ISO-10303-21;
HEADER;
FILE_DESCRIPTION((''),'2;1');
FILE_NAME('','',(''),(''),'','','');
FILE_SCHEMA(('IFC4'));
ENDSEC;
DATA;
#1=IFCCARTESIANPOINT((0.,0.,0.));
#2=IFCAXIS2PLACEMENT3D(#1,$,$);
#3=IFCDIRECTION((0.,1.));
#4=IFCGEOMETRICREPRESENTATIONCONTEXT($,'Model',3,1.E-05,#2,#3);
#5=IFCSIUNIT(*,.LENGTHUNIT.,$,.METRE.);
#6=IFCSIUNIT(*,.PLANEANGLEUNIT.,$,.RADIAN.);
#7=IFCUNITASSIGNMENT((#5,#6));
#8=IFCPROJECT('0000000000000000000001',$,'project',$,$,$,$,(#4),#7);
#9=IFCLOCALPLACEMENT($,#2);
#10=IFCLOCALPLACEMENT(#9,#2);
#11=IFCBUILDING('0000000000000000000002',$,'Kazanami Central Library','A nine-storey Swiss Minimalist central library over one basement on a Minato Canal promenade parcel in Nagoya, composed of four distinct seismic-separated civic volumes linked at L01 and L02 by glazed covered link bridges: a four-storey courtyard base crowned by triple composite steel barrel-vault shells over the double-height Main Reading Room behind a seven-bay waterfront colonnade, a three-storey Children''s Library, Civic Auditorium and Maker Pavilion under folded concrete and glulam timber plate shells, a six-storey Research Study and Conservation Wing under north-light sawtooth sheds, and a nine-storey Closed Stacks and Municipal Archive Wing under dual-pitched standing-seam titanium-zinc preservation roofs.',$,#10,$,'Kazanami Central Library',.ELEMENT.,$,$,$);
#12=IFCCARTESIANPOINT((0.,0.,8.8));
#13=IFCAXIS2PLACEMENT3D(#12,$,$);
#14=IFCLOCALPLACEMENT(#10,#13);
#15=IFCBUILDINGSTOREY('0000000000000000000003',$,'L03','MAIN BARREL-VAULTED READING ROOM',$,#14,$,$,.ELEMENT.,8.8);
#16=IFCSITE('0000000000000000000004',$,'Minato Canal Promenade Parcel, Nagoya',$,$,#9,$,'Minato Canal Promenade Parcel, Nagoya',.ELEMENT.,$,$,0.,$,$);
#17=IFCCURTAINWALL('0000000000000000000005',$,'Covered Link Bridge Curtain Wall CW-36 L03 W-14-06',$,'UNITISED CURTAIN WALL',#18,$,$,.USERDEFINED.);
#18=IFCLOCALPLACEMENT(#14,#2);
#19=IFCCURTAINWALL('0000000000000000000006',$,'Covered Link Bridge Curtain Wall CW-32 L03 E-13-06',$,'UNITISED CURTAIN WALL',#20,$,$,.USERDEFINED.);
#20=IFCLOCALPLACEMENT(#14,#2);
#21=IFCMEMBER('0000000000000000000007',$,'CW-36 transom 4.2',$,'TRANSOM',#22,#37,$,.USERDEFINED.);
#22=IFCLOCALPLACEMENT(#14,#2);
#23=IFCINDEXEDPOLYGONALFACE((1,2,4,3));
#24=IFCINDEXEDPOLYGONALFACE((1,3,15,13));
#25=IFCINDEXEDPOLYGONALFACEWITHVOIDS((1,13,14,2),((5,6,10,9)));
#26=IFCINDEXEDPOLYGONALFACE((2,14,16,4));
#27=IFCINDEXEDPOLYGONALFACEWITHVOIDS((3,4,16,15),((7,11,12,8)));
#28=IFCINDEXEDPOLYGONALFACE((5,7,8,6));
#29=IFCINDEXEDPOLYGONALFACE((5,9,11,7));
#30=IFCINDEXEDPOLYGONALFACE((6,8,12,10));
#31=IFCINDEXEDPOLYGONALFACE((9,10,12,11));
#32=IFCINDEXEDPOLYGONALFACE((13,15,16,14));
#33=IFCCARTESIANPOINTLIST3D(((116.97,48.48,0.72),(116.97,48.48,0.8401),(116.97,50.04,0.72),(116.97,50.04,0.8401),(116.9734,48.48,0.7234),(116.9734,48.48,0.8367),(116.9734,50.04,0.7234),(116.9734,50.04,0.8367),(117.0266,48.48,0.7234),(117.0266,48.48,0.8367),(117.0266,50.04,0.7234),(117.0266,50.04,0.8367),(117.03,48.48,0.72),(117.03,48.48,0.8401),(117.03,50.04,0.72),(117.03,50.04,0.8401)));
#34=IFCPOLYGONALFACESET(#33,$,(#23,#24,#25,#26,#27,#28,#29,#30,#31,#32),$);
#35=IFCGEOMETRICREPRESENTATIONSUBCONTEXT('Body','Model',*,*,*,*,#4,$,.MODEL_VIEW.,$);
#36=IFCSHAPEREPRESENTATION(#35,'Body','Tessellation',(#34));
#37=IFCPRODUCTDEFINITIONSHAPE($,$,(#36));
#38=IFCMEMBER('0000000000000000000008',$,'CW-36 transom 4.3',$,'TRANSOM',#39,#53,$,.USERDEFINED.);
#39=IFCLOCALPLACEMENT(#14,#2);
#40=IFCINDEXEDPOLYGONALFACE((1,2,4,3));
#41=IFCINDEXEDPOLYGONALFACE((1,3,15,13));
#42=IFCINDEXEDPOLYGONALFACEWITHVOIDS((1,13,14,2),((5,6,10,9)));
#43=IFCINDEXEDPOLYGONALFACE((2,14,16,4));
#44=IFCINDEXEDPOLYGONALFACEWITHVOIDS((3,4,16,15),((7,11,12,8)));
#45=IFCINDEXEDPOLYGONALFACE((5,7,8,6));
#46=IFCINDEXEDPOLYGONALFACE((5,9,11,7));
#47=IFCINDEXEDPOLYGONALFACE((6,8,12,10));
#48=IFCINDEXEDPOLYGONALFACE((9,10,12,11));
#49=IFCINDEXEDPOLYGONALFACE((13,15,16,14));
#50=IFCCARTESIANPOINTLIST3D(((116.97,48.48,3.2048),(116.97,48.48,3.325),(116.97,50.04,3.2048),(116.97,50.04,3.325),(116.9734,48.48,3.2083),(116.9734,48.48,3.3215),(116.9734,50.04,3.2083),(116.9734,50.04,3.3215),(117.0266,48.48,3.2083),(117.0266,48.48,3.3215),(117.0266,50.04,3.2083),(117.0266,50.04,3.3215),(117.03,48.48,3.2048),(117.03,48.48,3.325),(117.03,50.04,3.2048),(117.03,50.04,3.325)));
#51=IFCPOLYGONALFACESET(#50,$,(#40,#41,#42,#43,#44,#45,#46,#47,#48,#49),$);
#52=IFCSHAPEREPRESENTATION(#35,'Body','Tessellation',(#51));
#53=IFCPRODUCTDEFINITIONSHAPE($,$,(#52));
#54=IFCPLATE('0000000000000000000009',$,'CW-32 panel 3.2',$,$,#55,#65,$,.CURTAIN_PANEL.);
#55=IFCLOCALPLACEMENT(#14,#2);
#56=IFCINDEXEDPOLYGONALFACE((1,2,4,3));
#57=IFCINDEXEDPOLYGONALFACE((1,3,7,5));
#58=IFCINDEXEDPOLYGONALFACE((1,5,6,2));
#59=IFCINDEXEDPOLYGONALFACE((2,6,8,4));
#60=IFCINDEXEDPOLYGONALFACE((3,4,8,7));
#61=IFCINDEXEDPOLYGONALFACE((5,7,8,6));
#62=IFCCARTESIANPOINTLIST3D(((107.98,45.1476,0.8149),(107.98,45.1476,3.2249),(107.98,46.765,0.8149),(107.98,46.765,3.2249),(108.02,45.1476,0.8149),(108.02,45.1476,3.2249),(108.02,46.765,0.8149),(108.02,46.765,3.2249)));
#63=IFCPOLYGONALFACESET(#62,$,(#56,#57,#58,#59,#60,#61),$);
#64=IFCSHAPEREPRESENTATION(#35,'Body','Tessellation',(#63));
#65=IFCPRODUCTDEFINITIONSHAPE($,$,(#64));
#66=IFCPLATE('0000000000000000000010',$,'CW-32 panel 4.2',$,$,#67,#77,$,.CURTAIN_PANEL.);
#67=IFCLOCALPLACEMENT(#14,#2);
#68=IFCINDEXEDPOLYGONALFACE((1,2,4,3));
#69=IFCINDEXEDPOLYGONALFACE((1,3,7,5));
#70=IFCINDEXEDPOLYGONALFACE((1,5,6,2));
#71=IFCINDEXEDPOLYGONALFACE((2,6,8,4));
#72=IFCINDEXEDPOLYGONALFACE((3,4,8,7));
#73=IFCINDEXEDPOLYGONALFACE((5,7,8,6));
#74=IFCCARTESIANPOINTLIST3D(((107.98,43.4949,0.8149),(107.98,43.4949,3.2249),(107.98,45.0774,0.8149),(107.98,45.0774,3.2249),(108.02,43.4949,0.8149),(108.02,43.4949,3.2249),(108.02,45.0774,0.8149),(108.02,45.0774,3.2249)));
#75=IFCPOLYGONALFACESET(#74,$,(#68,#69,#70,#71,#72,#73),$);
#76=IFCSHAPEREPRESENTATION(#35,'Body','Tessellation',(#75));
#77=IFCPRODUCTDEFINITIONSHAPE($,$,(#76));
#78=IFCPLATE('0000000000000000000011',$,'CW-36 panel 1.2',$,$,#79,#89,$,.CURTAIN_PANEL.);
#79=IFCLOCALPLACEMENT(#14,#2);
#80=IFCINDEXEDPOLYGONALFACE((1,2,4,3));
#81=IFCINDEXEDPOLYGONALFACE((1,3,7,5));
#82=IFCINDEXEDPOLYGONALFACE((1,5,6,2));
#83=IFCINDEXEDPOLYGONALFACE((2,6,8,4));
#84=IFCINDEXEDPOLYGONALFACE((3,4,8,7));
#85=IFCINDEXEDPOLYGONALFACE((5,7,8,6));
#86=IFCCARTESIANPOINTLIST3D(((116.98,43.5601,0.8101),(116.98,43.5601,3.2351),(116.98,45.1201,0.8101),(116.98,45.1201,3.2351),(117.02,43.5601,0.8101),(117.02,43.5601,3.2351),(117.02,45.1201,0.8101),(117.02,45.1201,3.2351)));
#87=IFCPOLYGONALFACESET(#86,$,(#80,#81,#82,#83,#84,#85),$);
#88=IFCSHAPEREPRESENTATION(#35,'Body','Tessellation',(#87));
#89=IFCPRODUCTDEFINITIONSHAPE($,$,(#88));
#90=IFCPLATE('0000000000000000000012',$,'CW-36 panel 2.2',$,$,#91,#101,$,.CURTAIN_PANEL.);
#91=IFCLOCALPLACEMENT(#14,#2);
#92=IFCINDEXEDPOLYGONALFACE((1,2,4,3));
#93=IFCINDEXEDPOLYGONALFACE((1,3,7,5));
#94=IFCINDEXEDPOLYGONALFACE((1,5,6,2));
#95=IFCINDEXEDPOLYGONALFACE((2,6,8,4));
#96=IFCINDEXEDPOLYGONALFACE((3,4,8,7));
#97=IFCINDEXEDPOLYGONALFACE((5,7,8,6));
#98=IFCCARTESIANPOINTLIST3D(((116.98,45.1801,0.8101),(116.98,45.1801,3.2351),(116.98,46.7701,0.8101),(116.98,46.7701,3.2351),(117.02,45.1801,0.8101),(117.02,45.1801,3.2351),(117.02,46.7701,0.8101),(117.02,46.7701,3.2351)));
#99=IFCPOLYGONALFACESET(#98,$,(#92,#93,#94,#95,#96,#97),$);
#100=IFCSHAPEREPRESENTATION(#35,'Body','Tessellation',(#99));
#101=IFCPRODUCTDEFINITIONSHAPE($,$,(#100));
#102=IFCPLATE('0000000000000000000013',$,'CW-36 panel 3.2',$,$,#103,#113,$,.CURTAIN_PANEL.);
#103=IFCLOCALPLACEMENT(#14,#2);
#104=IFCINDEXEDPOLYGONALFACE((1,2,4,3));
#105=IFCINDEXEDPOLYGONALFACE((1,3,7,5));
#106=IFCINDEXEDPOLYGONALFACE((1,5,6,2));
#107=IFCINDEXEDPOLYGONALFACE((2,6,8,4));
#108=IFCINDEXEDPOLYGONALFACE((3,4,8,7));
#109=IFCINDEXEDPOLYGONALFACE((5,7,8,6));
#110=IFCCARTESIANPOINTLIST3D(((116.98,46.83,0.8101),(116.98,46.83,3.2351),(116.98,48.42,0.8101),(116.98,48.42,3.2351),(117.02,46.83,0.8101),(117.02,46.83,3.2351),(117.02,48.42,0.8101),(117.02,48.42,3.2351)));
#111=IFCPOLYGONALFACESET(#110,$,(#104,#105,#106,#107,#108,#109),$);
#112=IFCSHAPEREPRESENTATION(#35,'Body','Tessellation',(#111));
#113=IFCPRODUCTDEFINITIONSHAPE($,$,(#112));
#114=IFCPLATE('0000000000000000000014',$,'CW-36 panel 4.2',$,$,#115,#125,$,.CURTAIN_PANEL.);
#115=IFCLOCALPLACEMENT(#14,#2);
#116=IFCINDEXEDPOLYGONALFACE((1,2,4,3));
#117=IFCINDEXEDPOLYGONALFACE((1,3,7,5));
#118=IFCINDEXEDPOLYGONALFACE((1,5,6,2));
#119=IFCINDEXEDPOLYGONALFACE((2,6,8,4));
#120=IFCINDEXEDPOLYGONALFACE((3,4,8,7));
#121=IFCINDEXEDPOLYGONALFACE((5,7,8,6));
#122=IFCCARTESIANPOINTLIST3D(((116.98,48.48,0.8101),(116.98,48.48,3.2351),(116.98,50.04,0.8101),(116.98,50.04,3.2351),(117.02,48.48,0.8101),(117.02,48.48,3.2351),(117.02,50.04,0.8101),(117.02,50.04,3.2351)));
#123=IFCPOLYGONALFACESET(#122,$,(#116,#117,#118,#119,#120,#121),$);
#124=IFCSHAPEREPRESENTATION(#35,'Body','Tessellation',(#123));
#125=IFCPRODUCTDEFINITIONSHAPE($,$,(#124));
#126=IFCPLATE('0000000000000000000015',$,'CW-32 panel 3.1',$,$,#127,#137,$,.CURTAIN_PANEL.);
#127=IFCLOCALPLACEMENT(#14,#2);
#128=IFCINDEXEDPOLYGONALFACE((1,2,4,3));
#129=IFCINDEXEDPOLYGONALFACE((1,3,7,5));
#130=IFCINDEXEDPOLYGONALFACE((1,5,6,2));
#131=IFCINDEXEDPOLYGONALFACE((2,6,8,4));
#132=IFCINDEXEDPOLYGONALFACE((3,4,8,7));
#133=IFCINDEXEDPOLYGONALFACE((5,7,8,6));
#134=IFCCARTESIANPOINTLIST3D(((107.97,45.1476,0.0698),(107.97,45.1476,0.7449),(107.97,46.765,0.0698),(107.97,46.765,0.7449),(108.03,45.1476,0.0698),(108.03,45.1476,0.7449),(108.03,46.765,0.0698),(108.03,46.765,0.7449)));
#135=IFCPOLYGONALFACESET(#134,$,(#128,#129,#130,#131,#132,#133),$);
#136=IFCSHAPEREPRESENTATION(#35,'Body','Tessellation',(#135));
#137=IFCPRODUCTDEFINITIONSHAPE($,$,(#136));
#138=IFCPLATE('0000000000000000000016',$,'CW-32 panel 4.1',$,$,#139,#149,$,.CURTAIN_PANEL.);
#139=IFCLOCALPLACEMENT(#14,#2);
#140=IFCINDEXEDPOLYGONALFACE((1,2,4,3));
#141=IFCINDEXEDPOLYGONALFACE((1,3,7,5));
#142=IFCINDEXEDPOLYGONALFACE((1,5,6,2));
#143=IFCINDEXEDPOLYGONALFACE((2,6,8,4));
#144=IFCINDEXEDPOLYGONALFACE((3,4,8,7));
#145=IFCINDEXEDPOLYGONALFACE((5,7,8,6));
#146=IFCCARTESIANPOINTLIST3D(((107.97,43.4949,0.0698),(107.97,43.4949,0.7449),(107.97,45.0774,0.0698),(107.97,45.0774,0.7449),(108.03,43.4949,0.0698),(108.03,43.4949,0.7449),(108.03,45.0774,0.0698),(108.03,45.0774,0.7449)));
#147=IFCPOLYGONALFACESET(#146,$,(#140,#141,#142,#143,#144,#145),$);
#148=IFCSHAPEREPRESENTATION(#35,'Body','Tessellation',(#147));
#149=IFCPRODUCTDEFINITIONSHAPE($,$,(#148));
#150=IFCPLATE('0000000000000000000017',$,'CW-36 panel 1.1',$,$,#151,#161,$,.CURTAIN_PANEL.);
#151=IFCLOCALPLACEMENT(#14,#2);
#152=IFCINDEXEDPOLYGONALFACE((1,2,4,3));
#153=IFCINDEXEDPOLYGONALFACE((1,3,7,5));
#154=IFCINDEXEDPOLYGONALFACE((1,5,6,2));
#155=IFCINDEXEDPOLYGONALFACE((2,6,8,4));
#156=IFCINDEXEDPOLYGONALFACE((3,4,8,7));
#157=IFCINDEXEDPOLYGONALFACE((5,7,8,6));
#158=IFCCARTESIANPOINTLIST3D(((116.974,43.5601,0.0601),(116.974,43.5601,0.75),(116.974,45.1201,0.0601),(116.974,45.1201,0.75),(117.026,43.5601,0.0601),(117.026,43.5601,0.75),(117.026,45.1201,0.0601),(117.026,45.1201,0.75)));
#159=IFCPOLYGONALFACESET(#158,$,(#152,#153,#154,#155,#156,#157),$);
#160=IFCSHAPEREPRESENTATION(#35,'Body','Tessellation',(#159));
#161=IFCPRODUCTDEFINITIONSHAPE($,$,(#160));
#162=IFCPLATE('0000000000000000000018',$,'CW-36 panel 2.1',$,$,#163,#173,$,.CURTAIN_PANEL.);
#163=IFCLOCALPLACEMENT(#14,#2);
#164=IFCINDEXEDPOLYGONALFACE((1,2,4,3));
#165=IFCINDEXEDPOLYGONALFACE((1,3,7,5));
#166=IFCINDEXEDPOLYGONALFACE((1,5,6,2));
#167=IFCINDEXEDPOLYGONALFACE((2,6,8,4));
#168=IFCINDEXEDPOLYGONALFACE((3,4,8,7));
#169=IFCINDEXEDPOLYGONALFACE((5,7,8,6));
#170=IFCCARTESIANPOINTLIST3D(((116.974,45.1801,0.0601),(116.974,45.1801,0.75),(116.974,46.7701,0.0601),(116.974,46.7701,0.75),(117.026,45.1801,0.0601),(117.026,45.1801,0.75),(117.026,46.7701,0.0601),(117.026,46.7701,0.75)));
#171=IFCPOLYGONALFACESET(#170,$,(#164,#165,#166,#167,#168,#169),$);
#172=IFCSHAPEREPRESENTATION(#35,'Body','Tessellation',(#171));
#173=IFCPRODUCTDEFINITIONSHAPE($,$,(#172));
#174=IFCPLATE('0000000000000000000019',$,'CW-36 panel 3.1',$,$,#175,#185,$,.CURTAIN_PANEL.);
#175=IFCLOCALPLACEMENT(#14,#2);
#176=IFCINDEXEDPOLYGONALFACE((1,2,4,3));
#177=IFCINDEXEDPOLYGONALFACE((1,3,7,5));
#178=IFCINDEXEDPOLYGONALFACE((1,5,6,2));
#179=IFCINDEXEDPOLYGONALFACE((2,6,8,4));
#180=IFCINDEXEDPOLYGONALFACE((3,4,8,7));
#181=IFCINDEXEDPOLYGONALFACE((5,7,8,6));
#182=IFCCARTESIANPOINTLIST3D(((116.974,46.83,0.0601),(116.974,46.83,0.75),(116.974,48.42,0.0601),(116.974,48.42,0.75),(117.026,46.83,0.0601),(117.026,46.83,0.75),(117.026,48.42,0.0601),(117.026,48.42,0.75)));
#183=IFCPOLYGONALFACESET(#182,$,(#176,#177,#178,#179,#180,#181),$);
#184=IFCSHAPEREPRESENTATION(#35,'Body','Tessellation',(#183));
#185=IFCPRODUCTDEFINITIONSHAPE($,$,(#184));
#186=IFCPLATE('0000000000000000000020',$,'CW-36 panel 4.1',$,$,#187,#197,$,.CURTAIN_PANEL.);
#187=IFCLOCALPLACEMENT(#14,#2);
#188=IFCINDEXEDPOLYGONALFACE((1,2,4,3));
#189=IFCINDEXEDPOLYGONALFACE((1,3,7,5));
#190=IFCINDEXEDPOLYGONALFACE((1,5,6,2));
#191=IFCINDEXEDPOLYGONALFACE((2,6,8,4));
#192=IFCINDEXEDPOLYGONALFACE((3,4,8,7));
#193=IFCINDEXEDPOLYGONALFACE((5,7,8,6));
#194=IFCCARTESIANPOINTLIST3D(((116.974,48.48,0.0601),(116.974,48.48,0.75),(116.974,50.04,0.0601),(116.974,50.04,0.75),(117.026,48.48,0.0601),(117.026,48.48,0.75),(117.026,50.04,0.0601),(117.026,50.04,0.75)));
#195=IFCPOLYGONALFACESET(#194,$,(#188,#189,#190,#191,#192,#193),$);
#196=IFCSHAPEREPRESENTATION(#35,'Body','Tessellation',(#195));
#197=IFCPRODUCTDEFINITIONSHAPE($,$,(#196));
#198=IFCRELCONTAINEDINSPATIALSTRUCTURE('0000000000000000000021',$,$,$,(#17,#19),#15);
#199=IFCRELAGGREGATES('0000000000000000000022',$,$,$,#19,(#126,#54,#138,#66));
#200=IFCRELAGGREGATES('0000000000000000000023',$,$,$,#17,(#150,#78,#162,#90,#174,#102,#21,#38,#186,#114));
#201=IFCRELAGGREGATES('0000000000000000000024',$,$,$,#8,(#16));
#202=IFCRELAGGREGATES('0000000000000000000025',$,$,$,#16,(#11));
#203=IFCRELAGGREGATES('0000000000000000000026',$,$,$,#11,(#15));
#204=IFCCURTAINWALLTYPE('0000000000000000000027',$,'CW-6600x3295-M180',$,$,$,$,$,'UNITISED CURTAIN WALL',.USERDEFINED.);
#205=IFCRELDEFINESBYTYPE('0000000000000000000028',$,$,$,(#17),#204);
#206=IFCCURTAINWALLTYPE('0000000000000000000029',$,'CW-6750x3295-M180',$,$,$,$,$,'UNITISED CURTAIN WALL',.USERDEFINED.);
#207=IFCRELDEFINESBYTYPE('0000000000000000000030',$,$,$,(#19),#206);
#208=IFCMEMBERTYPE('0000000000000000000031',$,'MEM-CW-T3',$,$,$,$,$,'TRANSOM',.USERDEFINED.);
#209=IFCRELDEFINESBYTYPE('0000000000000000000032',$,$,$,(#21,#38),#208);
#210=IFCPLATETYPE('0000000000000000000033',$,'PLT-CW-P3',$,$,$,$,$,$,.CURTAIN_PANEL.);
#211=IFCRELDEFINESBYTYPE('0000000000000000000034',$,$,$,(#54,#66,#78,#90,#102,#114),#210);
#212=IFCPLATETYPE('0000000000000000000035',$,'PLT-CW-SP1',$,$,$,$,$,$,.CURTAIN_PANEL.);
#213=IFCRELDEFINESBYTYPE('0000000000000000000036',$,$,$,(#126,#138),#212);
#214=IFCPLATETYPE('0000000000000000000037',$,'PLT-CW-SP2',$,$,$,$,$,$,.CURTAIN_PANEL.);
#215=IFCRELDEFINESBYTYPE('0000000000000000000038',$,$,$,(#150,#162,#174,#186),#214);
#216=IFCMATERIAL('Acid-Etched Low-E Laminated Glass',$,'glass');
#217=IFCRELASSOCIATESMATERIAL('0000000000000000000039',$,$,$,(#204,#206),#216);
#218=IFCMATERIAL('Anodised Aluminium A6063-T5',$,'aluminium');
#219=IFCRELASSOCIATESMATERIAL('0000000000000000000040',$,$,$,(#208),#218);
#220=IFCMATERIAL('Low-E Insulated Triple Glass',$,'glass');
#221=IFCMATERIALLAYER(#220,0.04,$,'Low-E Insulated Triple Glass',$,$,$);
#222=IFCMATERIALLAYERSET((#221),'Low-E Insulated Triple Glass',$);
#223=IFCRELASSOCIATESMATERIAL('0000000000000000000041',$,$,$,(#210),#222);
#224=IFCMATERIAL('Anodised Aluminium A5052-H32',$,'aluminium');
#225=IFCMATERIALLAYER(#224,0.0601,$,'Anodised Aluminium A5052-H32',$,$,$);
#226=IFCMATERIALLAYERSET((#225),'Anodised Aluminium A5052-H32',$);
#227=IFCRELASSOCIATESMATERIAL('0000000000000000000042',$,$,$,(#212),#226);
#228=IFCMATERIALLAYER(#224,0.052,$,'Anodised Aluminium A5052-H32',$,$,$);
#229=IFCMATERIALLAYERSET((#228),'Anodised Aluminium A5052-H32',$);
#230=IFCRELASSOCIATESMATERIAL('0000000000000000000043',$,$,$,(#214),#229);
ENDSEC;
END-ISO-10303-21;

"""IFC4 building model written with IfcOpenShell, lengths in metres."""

from ifc_helpers import new_model, si_unit, direction, frame, origin, origin_2d, place, context, subcontext, project, spatial, rectangle, hollow_rectangle, extrude, material, layer, layer_set, material_profile, profile_set, type_object, element, aggregate, save


model = new_model("IFC4")

# Units and contexts
model_context = context("Model", 3, precision=1e-05, world=origin(), true_north=direction((0.0, 1.0)))
body_context = subcontext(model_context, "Body", "Model", "MODEL_VIEW")
ifc_project = project(units=[si_unit("LENGTHUNIT", "METRE"), si_unit("PLANEANGLEUNIT", "RADIAN")], contexts=[model_context])

# Site, building, storey
site_placement = place(None, origin())
site = spatial("IfcSite", under=ifc_project, at=site_placement, Name="Minato Canal Promenade Parcel, Nagoya", LongName="Minato Canal Promenade Parcel, Nagoya", CompositionType="ELEMENT", RefElevation=0.0)
building_placement = place(site_placement, origin())
building = spatial("IfcBuilding", under=site, at=building_placement, Name="Kazanami Central Library", Description="A nine-storey Swiss Minimalist central library over one basement on a Minato Canal promenade parcel in Nagoya, composed of four distinct seismic-separated civic volumes linked at L01 and L02 by glazed covered link bridges: a four-storey courtyard base crowned by triple composite steel barrel-vault shells over the double-height Main Reading Room behind a seven-bay waterfront colonnade, a three-storey Children's Library, Civic Auditorium and Maker Pavilion under folded concrete and glulam timber plate shells, a six-storey Research Study and Conservation Wing under north-light sawtooth sheds, and a nine-storey Closed Stacks and Municipal Archive Wing under dual-pitched standing-seam titanium-zinc preservation roofs.", LongName="Kazanami Central Library", CompositionType="ELEMENT")
storey_placement = place(building_placement, frame((0.0, 0.0, 8.8)))
storey = spatial("IfcBuildingStorey", under=building, at=storey_placement, Name="L03", Description="MAIN BARREL-VAULTED READING ROOM", CompositionType="ELEMENT", Elevation=8.8)

# Curtain walls
ifc_material_1 = material(Name="Acid-Etched Low-E Laminated Glass", Category="glass")
curtain_wall_type_1 = type_object("IfcCurtainWallType", Name="CW-6600x3295-M180", ElementType="UNITISED CURTAIN WALL", PredefinedType="USERDEFINED", material=ifc_material_1)
curtain_wall_1_placement = place(storey_placement, origin())
curtain_wall_1 = element("IfcCurtainWall", 1, at=curtain_wall_1_placement, inside=storey, type_object=curtain_wall_type_1, Name="Covered Link Bridge Curtain Wall CW-36 L03 W-14-06", ObjectType="UNITISED CURTAIN WALL", PredefinedType="USERDEFINED")
ifc_material_2 = material(Name="Anodised Aluminium A6063-T5", Category="aluminium")
curtain_wall_type_2 = type_object("IfcCurtainWallType", Name="CW-6750x3295-M180", ElementType="UNITISED CURTAIN WALL", PredefinedType="USERDEFINED", material=ifc_material_1)
curtain_wall_2_placement = place(storey_placement, origin())
curtain_wall_2 = element("IfcCurtainWall", 2, at=curtain_wall_2_placement, inside=storey, type_object=curtain_wall_type_2, Name="Covered Link Bridge Curtain Wall CW-32 L03 E-13-06", ObjectType="UNITISED CURTAIN WALL", PredefinedType="USERDEFINED")

# Members
ifc_material_profile_1 = material_profile(ifc_material_2, hollow_rectangle(XDim=0.0601, YDim=0.1201, WallThickness=0.0034, at=origin_2d()), Name="ALU-TRAN-60x120x3.5")
ifc_profile_set_1 = profile_set([ifc_material_profile_1], Name="Anodised Aluminium A6063-T5")
member_type_1 = type_object("IfcMemberType", Name="MEM-CW-T3", ElementType="TRANSOM", PredefinedType="USERDEFINED", material=ifc_profile_set_1)
member_1_placement = place(storey_placement, frame((117.0, 48.48, 0.78), z_axis=(0.0, 1.0, 0.0), x_axis=(-1.0, 0.0, 0.0)))
member_1 = element("IfcMember", 3, at=member_1_placement, type_object=member_type_1, Name="CW-36 transom 4.2", ObjectType="TRANSOM", PredefinedType="USERDEFINED", context=body_context, shape_type="SweptSolid", body=[
    extrude(hollow_rectangle(XDim=0.0601, YDim=0.1201, WallThickness=0.0034, at=origin_2d()), origin(), (0.0, 0.0, 1.0), 1.5601),
])
member_2_placement = place(storey_placement, frame((117.0, 48.48, 3.2649), z_axis=(0.0, 1.0, 0.0), x_axis=(-1.0, 0.0, 0.0)))
member_2 = element("IfcMember", 4, at=member_2_placement, type_object=member_type_1, Name="CW-36 transom 4.3", ObjectType="TRANSOM", PredefinedType="USERDEFINED", context=body_context, shape_type="SweptSolid", body=[
    extrude(hollow_rectangle(XDim=0.0601, YDim=0.1201, WallThickness=0.0034, at=origin_2d()), origin(), (0.0, 0.0, 1.0), 1.5601),
])

# Plates
ifc_material_3 = material(Name="Low-E Insulated Triple Glass", Category="glass")
ifc_layer_1 = layer(ifc_material_3, 0.04, Name="Low-E Insulated Triple Glass")
ifc_layer_set_1 = layer_set([ifc_layer_1], Name="Low-E Insulated Triple Glass")
plate_type_1 = type_object("IfcPlateType", Name="PLT-CW-P3", PredefinedType="CURTAIN_PANEL", material=ifc_layer_set_1)
plate_1_placement = place(storey_placement, frame((108.0, 45.9563, 0.8149), z_axis=(0.0, 0.0, 1.0), x_axis=(0.0, -1.0, 0.0)))
plate_1 = element("IfcPlate", 5, at=plate_1_placement, type_object=plate_type_1, Name="CW-32 panel 3.2", PredefinedType="CURTAIN_PANEL", context=body_context, shape_type="SweptSolid", body=[
    extrude(rectangle(XDim=1.6174, YDim=0.04, at=origin_2d()), origin(), (0.0, 0.0, 1.0), 2.4099),
])
plate_2_placement = place(storey_placement, frame((108.0, 44.2861, 0.8149), z_axis=(0.0, 0.0, 1.0), x_axis=(0.0, -1.0, 0.0)))
plate_2 = element("IfcPlate", 6, at=plate_2_placement, type_object=plate_type_1, Name="CW-32 panel 4.2", PredefinedType="CURTAIN_PANEL", context=body_context, shape_type="SweptSolid", body=[
    extrude(rectangle(XDim=1.5825, YDim=0.04, at=origin_2d()), origin(), (0.0, 0.0, 1.0), 2.4099),
])
plate_3_placement = place(storey_placement, frame((117.0, 44.3401, 0.8101), z_axis=(0.0, 0.0, 1.0), x_axis=(0.0, 1.0, 0.0)))
plate_3 = element("IfcPlate", 7, at=plate_3_placement, type_object=plate_type_1, Name="CW-36 panel 1.2", PredefinedType="CURTAIN_PANEL", context=body_context, shape_type="SweptSolid", body=[
    extrude(rectangle(XDim=1.5601, YDim=0.04, at=origin_2d()), origin(), (0.0, 0.0, 1.0), 2.425),
])
plate_4_placement = place(storey_placement, frame((117.0, 45.9751, 0.8101), z_axis=(0.0, 0.0, 1.0), x_axis=(0.0, 1.0, 0.0)))
plate_4 = element("IfcPlate", 8, at=plate_4_placement, type_object=plate_type_1, Name="CW-36 panel 2.2", PredefinedType="CURTAIN_PANEL", context=body_context, shape_type="SweptSolid", body=[
    extrude(rectangle(XDim=1.5901, YDim=0.04, at=origin_2d()), origin(), (0.0, 0.0, 1.0), 2.425),
])
plate_5_placement = place(storey_placement, frame((117.0, 47.625, 0.8101), z_axis=(0.0, 0.0, 1.0), x_axis=(0.0, 1.0, 0.0)))
plate_5 = element("IfcPlate", 9, at=plate_5_placement, type_object=plate_type_1, Name="CW-36 panel 3.2", PredefinedType="CURTAIN_PANEL", context=body_context, shape_type="SweptSolid", body=[
    extrude(rectangle(XDim=1.5901, YDim=0.04, at=origin_2d()), origin(), (0.0, 0.0, 1.0), 2.425),
])
plate_6_placement = place(storey_placement, frame((117.0, 49.26, 0.8101), z_axis=(0.0, 0.0, 1.0), x_axis=(0.0, 1.0, 0.0)))
plate_6 = element("IfcPlate", 10, at=plate_6_placement, type_object=plate_type_1, Name="CW-36 panel 4.2", PredefinedType="CURTAIN_PANEL", context=body_context, shape_type="SweptSolid", body=[
    extrude(rectangle(XDim=1.5601, YDim=0.04, at=origin_2d()), origin(), (0.0, 0.0, 1.0), 2.425),
])
ifc_material_4 = material(Name="Anodised Aluminium A5052-H32", Category="aluminium")
ifc_layer_2 = layer(ifc_material_4, 0.0601, Name="Anodised Aluminium A5052-H32")
ifc_layer_set_2 = layer_set([ifc_layer_2], Name="Anodised Aluminium A5052-H32")
plate_type_2 = type_object("IfcPlateType", Name="PLT-CW-SP1", PredefinedType="CURTAIN_PANEL", material=ifc_layer_set_2)
plate_7_placement = place(storey_placement, frame((108.0, 45.9563, 0.0698), z_axis=(0.0, 0.0, 1.0), x_axis=(0.0, -1.0, 0.0)))
plate_7 = element("IfcPlate", 11, at=plate_7_placement, type_object=plate_type_2, Name="CW-32 panel 3.1", PredefinedType="CURTAIN_PANEL", context=body_context, shape_type="SweptSolid", body=[
    extrude(rectangle(XDim=1.6174, YDim=0.0601, at=origin_2d()), origin(), (0.0, 0.0, 1.0), 0.675),
])
plate_8_placement = place(storey_placement, frame((108.0, 44.2861, 0.0698), z_axis=(0.0, 0.0, 1.0), x_axis=(0.0, -1.0, 0.0)))
plate_8 = element("IfcPlate", 12, at=plate_8_placement, type_object=plate_type_2, Name="CW-32 panel 4.1", PredefinedType="CURTAIN_PANEL", context=body_context, shape_type="SweptSolid", body=[
    extrude(rectangle(XDim=1.5825, YDim=0.0601, at=origin_2d()), origin(), (0.0, 0.0, 1.0), 0.675),
])
aggregate(curtain_wall_2, [plate_7, plate_1, plate_8, plate_2])
ifc_layer_3 = layer(ifc_material_4, 0.052, Name="Anodised Aluminium A5052-H32")
ifc_layer_set_3 = layer_set([ifc_layer_3], Name="Anodised Aluminium A5052-H32")
plate_type_3 = type_object("IfcPlateType", Name="PLT-CW-SP2", PredefinedType="CURTAIN_PANEL", material=ifc_layer_set_3)
plate_9_placement = place(storey_placement, frame((117.0, 44.3401, 0.0601), z_axis=(0.0, 0.0, 1.0), x_axis=(0.0, 1.0, 0.0)))
plate_9 = element("IfcPlate", 13, at=plate_9_placement, type_object=plate_type_3, Name="CW-36 panel 1.1", PredefinedType="CURTAIN_PANEL", context=body_context, shape_type="SweptSolid", body=[
    extrude(rectangle(XDim=1.5601, YDim=0.052, at=origin_2d()), origin(), (0.0, 0.0, 1.0), 0.6899),
])
plate_10_placement = place(storey_placement, frame((117.0, 45.9751, 0.0601), z_axis=(0.0, 0.0, 1.0), x_axis=(0.0, 1.0, 0.0)))
plate_10 = element("IfcPlate", 14, at=plate_10_placement, type_object=plate_type_3, Name="CW-36 panel 2.1", PredefinedType="CURTAIN_PANEL", context=body_context, shape_type="SweptSolid", body=[
    extrude(rectangle(XDim=1.5901, YDim=0.052, at=origin_2d()), origin(), (0.0, 0.0, 1.0), 0.6899),
])
plate_11_placement = place(storey_placement, frame((117.0, 47.625, 0.0601), z_axis=(0.0, 0.0, 1.0), x_axis=(0.0, 1.0, 0.0)))
plate_11 = element("IfcPlate", 15, at=plate_11_placement, type_object=plate_type_3, Name="CW-36 panel 3.1", PredefinedType="CURTAIN_PANEL", context=body_context, shape_type="SweptSolid", body=[
    extrude(rectangle(XDim=1.5901, YDim=0.052, at=origin_2d()), origin(), (0.0, 0.0, 1.0), 0.6899),
])
plate_12_placement = place(storey_placement, frame((117.0, 49.26, 0.0601), z_axis=(0.0, 0.0, 1.0), x_axis=(0.0, 1.0, 0.0)))
plate_12 = element("IfcPlate", 16, at=plate_12_placement, type_object=plate_type_3, Name="CW-36 panel 4.1", PredefinedType="CURTAIN_PANEL", context=body_context, shape_type="SweptSolid", body=[
    extrude(rectangle(XDim=1.5601, YDim=0.052, at=origin_2d()), origin(), (0.0, 0.0, 1.0), 0.6899),
])
aggregate(curtain_wall_1, [plate_9, plate_3, plate_10, plate_4, plate_11, plate_5, member_1, member_2, plate_12, plate_6])

save(model, "model.ifc")
